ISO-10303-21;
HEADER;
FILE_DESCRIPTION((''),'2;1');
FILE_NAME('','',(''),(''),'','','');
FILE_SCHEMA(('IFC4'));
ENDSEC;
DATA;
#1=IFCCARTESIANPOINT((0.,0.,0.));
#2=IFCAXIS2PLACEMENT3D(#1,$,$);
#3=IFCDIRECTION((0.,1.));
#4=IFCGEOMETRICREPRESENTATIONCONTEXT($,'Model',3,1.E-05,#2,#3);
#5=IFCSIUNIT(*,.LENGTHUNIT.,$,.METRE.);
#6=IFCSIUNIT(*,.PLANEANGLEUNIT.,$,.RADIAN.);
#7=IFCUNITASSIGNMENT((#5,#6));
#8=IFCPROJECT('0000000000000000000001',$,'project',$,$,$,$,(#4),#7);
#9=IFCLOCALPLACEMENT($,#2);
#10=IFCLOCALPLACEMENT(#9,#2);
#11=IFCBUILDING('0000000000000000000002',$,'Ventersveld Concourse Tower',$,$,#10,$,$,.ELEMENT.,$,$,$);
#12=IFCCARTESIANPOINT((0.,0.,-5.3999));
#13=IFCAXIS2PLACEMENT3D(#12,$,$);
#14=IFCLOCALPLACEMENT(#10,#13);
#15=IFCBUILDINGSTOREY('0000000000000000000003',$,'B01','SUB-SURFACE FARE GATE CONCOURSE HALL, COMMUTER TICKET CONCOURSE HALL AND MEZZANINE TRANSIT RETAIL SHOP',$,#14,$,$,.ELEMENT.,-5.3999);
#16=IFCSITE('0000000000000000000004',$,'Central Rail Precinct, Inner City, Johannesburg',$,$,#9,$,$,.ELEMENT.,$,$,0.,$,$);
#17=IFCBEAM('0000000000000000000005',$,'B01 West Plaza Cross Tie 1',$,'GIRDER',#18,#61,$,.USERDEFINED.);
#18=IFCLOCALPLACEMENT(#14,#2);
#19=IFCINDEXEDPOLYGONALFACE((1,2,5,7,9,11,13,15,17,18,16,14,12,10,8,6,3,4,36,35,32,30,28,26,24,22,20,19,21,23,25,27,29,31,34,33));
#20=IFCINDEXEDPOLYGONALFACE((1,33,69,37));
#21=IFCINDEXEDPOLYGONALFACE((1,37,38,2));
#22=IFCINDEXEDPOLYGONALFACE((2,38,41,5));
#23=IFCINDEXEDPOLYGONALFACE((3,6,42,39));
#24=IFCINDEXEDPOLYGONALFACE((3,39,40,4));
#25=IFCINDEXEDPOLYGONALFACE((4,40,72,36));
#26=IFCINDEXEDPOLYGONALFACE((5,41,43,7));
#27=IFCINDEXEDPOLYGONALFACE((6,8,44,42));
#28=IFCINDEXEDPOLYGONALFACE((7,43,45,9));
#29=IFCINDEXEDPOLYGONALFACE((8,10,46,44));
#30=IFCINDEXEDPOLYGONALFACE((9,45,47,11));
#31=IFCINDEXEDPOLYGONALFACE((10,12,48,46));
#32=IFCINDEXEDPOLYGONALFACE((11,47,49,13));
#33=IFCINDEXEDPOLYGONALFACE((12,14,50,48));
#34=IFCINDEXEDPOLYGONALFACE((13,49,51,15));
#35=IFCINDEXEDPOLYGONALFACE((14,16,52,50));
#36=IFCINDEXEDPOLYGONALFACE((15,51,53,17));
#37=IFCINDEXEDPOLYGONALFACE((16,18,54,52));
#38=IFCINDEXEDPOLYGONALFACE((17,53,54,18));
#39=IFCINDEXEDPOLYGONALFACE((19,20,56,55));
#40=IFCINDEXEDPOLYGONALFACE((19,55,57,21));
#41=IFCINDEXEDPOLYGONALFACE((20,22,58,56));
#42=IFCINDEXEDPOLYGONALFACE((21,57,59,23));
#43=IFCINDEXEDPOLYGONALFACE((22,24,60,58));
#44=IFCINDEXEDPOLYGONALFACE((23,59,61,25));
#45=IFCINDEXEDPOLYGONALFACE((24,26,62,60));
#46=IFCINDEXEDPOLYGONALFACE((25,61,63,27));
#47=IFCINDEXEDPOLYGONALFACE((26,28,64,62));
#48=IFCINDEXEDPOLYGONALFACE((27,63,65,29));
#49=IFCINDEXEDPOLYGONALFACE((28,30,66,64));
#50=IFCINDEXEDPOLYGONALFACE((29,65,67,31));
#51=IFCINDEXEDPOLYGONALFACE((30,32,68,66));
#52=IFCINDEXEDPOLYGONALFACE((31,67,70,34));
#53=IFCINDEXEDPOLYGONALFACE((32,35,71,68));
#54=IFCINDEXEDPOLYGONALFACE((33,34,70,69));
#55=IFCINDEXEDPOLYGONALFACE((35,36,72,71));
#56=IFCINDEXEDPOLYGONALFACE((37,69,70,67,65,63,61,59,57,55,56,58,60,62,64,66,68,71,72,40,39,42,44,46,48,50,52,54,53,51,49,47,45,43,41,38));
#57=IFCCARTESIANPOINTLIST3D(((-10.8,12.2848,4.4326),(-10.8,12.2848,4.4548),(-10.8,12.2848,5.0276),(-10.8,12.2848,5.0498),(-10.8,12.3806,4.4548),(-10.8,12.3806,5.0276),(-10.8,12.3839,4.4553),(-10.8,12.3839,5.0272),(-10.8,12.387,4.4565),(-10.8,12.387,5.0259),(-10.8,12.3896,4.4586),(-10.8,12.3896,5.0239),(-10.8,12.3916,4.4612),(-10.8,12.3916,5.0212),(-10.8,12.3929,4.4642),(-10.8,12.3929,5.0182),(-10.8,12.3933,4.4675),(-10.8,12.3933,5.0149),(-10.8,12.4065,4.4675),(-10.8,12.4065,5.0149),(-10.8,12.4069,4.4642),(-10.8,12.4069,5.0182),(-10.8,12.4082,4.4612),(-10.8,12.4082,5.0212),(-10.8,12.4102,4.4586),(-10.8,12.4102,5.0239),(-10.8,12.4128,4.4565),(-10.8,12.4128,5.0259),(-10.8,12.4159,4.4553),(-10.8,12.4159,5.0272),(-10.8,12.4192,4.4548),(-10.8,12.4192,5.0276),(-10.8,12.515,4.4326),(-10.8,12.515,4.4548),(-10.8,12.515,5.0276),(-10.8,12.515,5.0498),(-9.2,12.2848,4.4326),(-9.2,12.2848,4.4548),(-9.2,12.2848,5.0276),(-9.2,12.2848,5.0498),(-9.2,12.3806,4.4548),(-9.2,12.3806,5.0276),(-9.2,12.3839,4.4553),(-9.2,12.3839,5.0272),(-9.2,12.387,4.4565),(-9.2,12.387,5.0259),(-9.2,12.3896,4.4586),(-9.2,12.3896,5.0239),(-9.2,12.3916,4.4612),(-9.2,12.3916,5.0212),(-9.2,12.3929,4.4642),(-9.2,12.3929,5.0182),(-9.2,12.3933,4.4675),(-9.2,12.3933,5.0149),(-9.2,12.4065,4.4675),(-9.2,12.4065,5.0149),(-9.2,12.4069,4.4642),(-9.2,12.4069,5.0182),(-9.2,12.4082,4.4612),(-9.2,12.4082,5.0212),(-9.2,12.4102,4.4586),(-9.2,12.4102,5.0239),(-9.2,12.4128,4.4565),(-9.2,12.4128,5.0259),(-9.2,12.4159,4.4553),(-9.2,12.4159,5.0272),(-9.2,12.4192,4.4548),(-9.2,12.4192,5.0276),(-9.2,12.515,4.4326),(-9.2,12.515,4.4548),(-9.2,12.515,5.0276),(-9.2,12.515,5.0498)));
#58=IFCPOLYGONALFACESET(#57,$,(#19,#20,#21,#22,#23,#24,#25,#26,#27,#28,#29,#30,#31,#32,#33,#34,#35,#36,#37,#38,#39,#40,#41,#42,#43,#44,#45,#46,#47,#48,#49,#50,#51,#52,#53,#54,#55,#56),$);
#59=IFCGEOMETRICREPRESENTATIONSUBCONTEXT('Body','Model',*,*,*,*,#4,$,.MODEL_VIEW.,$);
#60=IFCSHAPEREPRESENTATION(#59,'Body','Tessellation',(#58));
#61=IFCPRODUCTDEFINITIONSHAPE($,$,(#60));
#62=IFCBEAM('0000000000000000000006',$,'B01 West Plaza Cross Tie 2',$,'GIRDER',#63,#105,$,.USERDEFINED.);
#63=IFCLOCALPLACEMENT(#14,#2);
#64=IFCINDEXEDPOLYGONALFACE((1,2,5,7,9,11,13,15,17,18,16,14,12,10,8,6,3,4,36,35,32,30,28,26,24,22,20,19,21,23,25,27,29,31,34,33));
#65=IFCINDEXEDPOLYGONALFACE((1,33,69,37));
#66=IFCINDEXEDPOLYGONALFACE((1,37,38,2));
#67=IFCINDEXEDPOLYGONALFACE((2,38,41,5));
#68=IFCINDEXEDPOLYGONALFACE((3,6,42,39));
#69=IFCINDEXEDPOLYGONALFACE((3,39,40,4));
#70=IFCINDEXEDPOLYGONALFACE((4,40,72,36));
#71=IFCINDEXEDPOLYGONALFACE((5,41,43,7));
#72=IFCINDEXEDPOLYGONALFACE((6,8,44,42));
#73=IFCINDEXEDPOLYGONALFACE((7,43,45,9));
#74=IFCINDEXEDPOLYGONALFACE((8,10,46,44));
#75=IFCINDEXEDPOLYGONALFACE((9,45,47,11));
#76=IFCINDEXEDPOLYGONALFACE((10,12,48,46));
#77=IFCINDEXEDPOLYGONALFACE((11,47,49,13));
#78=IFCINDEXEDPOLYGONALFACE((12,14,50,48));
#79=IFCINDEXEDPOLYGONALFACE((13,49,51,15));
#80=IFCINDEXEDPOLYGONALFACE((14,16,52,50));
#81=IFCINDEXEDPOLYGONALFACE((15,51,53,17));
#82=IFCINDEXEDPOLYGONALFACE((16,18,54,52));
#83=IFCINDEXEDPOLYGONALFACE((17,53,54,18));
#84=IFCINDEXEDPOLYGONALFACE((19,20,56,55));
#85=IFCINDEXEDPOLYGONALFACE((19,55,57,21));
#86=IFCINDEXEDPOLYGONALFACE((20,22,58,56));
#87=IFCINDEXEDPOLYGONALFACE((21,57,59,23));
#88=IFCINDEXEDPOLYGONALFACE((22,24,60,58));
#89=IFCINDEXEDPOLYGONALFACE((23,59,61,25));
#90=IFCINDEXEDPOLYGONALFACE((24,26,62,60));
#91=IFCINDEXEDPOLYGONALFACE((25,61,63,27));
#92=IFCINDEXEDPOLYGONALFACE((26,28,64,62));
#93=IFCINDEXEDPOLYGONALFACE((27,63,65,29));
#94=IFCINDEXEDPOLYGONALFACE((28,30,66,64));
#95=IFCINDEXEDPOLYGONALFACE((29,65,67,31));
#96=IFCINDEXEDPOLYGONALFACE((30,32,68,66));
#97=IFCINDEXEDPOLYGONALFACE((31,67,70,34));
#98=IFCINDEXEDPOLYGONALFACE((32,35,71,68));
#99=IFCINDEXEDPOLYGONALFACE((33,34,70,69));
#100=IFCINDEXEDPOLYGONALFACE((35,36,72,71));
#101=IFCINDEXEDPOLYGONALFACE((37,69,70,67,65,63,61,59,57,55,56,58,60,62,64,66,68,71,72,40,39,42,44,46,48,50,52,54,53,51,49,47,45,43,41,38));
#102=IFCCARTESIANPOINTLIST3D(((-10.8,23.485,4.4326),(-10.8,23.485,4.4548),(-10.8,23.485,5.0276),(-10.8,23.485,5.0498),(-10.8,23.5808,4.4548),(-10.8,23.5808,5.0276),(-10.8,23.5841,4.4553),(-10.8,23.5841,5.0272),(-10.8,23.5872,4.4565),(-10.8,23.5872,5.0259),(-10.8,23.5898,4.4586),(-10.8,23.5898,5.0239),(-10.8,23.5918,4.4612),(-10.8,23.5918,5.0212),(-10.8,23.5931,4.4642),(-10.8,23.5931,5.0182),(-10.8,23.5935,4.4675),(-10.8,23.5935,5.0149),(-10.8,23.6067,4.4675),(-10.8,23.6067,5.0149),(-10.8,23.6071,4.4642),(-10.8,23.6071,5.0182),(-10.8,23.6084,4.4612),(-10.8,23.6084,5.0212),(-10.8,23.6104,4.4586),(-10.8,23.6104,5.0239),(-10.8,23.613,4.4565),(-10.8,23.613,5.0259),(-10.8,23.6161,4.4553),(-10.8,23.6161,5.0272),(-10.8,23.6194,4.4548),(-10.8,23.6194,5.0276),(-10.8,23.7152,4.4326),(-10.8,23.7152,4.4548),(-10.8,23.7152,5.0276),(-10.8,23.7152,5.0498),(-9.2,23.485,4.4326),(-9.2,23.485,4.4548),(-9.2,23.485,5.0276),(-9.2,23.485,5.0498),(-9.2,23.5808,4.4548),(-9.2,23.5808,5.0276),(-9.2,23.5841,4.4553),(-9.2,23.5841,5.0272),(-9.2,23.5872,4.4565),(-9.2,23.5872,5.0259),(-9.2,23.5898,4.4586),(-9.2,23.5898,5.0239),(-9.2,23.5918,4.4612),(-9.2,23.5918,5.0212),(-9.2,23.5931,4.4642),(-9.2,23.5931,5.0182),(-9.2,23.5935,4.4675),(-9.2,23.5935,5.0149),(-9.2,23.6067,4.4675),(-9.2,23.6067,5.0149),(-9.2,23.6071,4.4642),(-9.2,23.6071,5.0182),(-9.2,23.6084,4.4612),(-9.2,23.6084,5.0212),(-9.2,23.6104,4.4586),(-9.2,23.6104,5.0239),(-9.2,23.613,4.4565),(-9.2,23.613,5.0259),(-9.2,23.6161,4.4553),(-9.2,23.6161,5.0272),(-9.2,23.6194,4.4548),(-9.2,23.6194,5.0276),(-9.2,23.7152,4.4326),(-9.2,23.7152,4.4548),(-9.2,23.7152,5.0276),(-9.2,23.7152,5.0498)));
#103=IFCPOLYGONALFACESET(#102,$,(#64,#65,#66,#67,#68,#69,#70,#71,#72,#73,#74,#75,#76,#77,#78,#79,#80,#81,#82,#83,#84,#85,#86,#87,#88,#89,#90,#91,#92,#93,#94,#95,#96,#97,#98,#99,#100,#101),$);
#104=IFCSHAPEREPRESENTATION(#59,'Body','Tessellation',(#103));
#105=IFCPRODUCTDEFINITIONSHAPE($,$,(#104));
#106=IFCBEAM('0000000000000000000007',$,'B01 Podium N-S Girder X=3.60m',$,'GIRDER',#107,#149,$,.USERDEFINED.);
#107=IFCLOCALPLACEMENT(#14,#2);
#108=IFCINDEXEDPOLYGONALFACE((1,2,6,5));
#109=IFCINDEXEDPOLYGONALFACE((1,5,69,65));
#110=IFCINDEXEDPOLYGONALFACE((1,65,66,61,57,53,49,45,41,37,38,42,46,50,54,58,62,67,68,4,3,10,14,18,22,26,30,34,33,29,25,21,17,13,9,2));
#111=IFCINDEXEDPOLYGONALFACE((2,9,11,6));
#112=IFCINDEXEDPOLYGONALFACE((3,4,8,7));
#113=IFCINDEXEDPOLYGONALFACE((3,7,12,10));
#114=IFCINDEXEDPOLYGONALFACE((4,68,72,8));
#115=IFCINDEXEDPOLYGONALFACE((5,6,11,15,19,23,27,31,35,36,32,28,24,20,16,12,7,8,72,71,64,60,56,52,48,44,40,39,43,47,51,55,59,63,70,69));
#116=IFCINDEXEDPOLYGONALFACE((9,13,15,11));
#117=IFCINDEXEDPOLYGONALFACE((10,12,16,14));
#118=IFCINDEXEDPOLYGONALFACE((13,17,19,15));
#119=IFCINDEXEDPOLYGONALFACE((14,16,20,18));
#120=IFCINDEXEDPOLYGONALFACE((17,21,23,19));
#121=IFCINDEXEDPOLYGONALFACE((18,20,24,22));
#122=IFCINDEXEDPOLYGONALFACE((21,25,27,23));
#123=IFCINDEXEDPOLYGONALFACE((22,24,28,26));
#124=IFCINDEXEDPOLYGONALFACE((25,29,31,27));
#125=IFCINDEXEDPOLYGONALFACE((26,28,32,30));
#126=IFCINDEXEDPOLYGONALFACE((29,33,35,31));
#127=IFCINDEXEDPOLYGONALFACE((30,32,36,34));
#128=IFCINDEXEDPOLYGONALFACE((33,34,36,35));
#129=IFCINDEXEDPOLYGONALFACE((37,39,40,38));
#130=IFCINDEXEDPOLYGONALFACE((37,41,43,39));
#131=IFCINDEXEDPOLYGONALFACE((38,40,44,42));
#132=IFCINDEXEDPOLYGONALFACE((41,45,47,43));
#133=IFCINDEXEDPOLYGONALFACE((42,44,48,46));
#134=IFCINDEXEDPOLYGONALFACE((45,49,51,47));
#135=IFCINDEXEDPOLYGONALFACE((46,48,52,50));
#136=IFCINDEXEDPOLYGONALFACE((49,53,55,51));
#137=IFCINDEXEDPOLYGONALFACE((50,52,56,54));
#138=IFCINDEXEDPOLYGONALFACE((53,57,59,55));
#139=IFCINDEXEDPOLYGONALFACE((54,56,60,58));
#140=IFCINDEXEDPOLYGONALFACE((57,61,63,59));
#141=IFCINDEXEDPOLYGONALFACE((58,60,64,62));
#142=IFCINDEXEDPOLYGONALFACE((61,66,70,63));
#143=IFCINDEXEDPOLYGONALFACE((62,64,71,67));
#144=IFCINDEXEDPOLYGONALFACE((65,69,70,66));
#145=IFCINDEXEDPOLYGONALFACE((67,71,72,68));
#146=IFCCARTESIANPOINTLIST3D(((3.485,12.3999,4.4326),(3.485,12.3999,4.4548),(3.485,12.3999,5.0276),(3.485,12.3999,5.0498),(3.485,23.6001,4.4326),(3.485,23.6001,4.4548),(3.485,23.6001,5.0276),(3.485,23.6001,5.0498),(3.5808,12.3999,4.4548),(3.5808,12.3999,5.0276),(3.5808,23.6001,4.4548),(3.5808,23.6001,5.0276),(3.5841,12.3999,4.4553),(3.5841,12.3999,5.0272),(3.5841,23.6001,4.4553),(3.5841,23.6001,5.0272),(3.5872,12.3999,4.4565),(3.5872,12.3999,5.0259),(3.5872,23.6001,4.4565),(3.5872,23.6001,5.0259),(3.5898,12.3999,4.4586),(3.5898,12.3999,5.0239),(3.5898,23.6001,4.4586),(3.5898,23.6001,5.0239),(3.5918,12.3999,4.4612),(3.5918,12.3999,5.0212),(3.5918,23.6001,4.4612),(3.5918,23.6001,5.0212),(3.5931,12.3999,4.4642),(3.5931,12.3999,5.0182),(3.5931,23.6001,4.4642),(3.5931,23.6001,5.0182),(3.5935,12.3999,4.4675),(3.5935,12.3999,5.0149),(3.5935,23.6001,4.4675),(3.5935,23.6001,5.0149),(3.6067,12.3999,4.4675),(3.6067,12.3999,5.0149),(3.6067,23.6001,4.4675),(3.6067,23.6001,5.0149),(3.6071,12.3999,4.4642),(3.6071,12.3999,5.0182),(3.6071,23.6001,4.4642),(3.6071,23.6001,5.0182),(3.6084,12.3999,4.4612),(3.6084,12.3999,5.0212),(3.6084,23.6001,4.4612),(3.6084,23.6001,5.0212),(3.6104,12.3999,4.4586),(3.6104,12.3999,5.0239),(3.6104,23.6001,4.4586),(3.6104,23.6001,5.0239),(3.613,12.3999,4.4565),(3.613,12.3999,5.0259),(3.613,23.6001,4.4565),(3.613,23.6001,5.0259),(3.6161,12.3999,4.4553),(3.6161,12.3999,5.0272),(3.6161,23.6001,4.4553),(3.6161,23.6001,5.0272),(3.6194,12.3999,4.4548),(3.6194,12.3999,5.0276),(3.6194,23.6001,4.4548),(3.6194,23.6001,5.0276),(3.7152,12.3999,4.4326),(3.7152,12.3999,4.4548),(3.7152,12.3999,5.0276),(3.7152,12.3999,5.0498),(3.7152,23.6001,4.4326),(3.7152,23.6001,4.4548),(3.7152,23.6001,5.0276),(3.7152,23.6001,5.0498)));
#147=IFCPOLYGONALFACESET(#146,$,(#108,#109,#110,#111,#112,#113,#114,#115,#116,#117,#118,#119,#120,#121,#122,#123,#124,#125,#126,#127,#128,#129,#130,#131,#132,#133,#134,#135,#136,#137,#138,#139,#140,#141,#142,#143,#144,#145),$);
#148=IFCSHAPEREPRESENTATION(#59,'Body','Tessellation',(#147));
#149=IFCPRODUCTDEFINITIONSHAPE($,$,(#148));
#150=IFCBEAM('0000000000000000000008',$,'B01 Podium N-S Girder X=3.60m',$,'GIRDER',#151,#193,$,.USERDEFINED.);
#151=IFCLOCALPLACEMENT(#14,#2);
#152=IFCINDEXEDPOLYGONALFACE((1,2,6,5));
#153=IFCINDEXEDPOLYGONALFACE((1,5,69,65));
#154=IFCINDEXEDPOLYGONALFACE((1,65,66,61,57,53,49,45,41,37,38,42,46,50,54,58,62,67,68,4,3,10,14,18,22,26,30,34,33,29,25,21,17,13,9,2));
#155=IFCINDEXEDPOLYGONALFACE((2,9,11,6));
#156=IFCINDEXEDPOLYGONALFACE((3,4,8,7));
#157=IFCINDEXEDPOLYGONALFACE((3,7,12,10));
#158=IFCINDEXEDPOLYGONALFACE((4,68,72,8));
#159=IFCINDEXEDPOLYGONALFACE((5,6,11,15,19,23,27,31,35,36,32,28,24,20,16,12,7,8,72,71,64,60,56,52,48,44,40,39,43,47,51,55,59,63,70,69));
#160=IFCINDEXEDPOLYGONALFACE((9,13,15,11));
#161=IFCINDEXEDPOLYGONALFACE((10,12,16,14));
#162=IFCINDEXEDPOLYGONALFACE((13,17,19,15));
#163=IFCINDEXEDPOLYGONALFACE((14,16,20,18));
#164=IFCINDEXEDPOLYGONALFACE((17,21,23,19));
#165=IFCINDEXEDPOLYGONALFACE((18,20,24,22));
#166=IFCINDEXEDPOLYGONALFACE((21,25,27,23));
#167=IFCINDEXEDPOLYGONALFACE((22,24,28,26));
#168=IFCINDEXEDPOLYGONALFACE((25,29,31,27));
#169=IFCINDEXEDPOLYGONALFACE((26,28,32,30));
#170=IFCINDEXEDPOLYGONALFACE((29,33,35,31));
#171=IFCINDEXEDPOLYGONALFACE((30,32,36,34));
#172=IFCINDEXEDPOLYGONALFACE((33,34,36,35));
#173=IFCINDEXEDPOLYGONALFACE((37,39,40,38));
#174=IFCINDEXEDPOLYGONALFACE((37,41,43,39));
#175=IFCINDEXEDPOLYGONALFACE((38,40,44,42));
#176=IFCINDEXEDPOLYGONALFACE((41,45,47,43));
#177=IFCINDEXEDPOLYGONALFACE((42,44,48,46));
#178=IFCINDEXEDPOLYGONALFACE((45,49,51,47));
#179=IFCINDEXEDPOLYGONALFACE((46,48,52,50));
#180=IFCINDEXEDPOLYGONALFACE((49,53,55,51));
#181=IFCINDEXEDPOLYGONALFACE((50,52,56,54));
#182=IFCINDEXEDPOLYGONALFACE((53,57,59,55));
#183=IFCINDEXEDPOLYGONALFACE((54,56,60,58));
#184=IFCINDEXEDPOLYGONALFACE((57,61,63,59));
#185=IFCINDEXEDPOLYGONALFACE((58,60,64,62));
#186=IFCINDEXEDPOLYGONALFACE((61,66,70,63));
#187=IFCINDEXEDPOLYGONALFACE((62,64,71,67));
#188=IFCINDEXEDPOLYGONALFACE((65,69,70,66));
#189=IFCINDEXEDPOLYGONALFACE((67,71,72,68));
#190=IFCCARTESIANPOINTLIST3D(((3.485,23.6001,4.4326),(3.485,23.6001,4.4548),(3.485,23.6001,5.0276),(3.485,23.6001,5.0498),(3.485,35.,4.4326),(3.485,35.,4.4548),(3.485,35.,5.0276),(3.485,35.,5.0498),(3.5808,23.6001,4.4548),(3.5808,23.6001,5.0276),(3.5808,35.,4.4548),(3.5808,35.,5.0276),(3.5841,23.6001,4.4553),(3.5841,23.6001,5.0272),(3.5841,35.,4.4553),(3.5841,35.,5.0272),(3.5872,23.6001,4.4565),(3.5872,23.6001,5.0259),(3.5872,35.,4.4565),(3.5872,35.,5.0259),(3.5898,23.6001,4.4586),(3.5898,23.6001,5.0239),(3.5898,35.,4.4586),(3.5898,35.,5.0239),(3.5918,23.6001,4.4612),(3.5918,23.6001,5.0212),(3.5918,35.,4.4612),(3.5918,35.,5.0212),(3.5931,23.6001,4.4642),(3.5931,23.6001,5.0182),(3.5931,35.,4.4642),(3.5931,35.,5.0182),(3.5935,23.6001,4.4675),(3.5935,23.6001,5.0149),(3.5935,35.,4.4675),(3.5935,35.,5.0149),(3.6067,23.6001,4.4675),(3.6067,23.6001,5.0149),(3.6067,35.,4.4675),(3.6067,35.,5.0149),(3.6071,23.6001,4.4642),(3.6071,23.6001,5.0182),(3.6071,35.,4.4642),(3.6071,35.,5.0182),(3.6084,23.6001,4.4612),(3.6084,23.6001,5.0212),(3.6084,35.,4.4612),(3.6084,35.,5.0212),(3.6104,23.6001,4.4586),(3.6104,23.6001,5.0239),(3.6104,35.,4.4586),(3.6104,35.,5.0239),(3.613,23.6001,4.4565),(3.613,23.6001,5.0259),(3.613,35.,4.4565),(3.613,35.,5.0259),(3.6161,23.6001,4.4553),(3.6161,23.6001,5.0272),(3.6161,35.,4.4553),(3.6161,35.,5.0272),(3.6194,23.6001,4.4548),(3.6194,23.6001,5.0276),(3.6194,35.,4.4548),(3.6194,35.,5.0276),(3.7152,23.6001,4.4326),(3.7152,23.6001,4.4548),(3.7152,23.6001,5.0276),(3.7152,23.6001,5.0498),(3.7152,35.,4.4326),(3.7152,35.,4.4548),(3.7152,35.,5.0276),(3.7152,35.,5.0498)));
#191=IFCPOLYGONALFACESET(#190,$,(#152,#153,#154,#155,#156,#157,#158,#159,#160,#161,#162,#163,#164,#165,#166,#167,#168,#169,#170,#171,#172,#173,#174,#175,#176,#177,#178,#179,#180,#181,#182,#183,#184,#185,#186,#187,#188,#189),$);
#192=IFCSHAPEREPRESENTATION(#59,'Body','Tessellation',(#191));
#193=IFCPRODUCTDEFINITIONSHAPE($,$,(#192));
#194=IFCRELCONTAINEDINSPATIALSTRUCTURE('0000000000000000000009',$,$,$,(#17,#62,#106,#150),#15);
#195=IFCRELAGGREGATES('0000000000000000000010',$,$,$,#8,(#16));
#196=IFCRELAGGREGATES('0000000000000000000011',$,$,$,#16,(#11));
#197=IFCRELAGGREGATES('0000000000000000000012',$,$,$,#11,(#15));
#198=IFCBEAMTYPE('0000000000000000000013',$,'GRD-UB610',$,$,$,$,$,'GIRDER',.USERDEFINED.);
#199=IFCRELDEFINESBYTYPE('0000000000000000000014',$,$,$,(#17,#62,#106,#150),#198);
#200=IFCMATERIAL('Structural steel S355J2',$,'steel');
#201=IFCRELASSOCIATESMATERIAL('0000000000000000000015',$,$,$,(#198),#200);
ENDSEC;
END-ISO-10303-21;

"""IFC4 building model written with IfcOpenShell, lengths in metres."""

from ifc_helpers import new_model, si_unit, direction, frame, origin, origin_2d, place, context, subcontext, project, spatial, i_section, extrude, material, material_profile, profile_set, type_object, element, save


model = new_model("IFC4")

# Units and contexts
model_context = context("Model", 3, precision=1e-05, world=origin(), true_north=direction((0.0, 1.0)))
body_context = subcontext(model_context, "Body", "Model", "MODEL_VIEW")
ifc_project = project(units=[si_unit("LENGTHUNIT", "METRE"), si_unit("PLANEANGLEUNIT", "RADIAN")], contexts=[model_context])

# Site, building, storey
site_placement = place(None, origin())
site = spatial("IfcSite", under=ifc_project, at=site_placement, Name="Central Rail Precinct, Inner City, Johannesburg", CompositionType="ELEMENT", RefElevation=0.0)
building_placement = place(site_placement, origin())
building = spatial("IfcBuilding", under=site, at=building_placement, Name="Ventersveld Concourse Tower", CompositionType="ELEMENT")
storey_placement = place(building_placement, frame((0.0, 0.0, -5.3999)))
storey = spatial("IfcBuildingStorey", under=building, at=storey_placement, Name="B01", Description="SUB-SURFACE FARE GATE CONCOURSE HALL, COMMUTER TICKET CONCOURSE HALL AND MEZZANINE TRANSIT RETAIL SHOP", CompositionType="ELEMENT", Elevation=-5.3999)

# Beams
ifc_material_1 = material(Name="Structural steel S355J2", Category="steel")
ifc_material_profile_1 = material_profile(ifc_material_1, i_section(OverallWidth=0.2302, OverallDepth=0.6172, WebThickness=0.0132, FlangeThickness=0.0222, FilletRadius=0.0127, at=origin_2d()), Name="UB 610x229x140")
ifc_profile_set_1 = profile_set([ifc_material_profile_1], Name="Structural steel S355J2")
beam_type_1 = type_object("IfcBeamType", Name="GRD-UB610", ElementType="GIRDER", PredefinedType="USERDEFINED", material=ifc_profile_set_1)
for number, where, z_axis, x_axis, name in (
    (1, (-10.8, 12.3999, 4.7412), (1.0, 0.0, 0.0), (0.0, 1.0, 0.0), "B01 West Plaza Cross Tie 1"),
    (2, (-10.8, 23.6001, 4.7412), (1.0, 0.0, 0.0), (0.0, 1.0, 0.0), "B01 West Plaza Cross Tie 2"),
):
    element("IfcBeam", number, at=place(storey_placement, frame(where, z_axis=z_axis, x_axis=x_axis)), inside=storey, type_object=beam_type_1, Name=name, ObjectType="GIRDER", PredefinedType="USERDEFINED", context=body_context, shape_type="SweptSolid", body=[
        extrude(i_section(OverallWidth=0.2302, OverallDepth=0.6172, WebThickness=0.0132, FlangeThickness=0.0222, FilletRadius=0.0127, at=origin_2d()), origin(), (0.0, 0.0, 1.0), 1.6001),
    ])
beam_1_placement = place(storey_placement, frame((3.6001, 12.3999, 4.7412), z_axis=(0.0, 1.0, 0.0), x_axis=(-1.0, 0.0, 0.0)))
element("IfcBeam", 3, at=beam_1_placement, inside=storey, type_object=beam_type_1, Name="B01 Podium N-S Girder X=3.60m", ObjectType="GIRDER", PredefinedType="USERDEFINED", context=body_context, shape_type="SweptSolid", body=[
    extrude(i_section(OverallWidth=0.2302, OverallDepth=0.6172, WebThickness=0.0132, FlangeThickness=0.0222, FilletRadius=0.0127, at=origin_2d()), origin(), (0.0, 0.0, 1.0), 11.2002),
])
beam_2_placement = place(storey_placement, frame((3.6001, 23.6001, 4.7412), z_axis=(0.0, 1.0, 0.0), x_axis=(-1.0, 0.0, 0.0)))
element("IfcBeam", 4, at=beam_2_placement, inside=storey, type_object=beam_type_1, Name="B01 Podium N-S Girder X=3.60m", ObjectType="GIRDER", PredefinedType="USERDEFINED", context=body_context, shape_type="SweptSolid", body=[
    extrude(i_section(OverallWidth=0.2302, OverallDepth=0.6172, WebThickness=0.0132, FlangeThickness=0.0222, FilletRadius=0.0127, at=origin_2d()), origin(), (0.0, 0.0, 1.0), 11.3999),
])

save(model, "model.ifc")
